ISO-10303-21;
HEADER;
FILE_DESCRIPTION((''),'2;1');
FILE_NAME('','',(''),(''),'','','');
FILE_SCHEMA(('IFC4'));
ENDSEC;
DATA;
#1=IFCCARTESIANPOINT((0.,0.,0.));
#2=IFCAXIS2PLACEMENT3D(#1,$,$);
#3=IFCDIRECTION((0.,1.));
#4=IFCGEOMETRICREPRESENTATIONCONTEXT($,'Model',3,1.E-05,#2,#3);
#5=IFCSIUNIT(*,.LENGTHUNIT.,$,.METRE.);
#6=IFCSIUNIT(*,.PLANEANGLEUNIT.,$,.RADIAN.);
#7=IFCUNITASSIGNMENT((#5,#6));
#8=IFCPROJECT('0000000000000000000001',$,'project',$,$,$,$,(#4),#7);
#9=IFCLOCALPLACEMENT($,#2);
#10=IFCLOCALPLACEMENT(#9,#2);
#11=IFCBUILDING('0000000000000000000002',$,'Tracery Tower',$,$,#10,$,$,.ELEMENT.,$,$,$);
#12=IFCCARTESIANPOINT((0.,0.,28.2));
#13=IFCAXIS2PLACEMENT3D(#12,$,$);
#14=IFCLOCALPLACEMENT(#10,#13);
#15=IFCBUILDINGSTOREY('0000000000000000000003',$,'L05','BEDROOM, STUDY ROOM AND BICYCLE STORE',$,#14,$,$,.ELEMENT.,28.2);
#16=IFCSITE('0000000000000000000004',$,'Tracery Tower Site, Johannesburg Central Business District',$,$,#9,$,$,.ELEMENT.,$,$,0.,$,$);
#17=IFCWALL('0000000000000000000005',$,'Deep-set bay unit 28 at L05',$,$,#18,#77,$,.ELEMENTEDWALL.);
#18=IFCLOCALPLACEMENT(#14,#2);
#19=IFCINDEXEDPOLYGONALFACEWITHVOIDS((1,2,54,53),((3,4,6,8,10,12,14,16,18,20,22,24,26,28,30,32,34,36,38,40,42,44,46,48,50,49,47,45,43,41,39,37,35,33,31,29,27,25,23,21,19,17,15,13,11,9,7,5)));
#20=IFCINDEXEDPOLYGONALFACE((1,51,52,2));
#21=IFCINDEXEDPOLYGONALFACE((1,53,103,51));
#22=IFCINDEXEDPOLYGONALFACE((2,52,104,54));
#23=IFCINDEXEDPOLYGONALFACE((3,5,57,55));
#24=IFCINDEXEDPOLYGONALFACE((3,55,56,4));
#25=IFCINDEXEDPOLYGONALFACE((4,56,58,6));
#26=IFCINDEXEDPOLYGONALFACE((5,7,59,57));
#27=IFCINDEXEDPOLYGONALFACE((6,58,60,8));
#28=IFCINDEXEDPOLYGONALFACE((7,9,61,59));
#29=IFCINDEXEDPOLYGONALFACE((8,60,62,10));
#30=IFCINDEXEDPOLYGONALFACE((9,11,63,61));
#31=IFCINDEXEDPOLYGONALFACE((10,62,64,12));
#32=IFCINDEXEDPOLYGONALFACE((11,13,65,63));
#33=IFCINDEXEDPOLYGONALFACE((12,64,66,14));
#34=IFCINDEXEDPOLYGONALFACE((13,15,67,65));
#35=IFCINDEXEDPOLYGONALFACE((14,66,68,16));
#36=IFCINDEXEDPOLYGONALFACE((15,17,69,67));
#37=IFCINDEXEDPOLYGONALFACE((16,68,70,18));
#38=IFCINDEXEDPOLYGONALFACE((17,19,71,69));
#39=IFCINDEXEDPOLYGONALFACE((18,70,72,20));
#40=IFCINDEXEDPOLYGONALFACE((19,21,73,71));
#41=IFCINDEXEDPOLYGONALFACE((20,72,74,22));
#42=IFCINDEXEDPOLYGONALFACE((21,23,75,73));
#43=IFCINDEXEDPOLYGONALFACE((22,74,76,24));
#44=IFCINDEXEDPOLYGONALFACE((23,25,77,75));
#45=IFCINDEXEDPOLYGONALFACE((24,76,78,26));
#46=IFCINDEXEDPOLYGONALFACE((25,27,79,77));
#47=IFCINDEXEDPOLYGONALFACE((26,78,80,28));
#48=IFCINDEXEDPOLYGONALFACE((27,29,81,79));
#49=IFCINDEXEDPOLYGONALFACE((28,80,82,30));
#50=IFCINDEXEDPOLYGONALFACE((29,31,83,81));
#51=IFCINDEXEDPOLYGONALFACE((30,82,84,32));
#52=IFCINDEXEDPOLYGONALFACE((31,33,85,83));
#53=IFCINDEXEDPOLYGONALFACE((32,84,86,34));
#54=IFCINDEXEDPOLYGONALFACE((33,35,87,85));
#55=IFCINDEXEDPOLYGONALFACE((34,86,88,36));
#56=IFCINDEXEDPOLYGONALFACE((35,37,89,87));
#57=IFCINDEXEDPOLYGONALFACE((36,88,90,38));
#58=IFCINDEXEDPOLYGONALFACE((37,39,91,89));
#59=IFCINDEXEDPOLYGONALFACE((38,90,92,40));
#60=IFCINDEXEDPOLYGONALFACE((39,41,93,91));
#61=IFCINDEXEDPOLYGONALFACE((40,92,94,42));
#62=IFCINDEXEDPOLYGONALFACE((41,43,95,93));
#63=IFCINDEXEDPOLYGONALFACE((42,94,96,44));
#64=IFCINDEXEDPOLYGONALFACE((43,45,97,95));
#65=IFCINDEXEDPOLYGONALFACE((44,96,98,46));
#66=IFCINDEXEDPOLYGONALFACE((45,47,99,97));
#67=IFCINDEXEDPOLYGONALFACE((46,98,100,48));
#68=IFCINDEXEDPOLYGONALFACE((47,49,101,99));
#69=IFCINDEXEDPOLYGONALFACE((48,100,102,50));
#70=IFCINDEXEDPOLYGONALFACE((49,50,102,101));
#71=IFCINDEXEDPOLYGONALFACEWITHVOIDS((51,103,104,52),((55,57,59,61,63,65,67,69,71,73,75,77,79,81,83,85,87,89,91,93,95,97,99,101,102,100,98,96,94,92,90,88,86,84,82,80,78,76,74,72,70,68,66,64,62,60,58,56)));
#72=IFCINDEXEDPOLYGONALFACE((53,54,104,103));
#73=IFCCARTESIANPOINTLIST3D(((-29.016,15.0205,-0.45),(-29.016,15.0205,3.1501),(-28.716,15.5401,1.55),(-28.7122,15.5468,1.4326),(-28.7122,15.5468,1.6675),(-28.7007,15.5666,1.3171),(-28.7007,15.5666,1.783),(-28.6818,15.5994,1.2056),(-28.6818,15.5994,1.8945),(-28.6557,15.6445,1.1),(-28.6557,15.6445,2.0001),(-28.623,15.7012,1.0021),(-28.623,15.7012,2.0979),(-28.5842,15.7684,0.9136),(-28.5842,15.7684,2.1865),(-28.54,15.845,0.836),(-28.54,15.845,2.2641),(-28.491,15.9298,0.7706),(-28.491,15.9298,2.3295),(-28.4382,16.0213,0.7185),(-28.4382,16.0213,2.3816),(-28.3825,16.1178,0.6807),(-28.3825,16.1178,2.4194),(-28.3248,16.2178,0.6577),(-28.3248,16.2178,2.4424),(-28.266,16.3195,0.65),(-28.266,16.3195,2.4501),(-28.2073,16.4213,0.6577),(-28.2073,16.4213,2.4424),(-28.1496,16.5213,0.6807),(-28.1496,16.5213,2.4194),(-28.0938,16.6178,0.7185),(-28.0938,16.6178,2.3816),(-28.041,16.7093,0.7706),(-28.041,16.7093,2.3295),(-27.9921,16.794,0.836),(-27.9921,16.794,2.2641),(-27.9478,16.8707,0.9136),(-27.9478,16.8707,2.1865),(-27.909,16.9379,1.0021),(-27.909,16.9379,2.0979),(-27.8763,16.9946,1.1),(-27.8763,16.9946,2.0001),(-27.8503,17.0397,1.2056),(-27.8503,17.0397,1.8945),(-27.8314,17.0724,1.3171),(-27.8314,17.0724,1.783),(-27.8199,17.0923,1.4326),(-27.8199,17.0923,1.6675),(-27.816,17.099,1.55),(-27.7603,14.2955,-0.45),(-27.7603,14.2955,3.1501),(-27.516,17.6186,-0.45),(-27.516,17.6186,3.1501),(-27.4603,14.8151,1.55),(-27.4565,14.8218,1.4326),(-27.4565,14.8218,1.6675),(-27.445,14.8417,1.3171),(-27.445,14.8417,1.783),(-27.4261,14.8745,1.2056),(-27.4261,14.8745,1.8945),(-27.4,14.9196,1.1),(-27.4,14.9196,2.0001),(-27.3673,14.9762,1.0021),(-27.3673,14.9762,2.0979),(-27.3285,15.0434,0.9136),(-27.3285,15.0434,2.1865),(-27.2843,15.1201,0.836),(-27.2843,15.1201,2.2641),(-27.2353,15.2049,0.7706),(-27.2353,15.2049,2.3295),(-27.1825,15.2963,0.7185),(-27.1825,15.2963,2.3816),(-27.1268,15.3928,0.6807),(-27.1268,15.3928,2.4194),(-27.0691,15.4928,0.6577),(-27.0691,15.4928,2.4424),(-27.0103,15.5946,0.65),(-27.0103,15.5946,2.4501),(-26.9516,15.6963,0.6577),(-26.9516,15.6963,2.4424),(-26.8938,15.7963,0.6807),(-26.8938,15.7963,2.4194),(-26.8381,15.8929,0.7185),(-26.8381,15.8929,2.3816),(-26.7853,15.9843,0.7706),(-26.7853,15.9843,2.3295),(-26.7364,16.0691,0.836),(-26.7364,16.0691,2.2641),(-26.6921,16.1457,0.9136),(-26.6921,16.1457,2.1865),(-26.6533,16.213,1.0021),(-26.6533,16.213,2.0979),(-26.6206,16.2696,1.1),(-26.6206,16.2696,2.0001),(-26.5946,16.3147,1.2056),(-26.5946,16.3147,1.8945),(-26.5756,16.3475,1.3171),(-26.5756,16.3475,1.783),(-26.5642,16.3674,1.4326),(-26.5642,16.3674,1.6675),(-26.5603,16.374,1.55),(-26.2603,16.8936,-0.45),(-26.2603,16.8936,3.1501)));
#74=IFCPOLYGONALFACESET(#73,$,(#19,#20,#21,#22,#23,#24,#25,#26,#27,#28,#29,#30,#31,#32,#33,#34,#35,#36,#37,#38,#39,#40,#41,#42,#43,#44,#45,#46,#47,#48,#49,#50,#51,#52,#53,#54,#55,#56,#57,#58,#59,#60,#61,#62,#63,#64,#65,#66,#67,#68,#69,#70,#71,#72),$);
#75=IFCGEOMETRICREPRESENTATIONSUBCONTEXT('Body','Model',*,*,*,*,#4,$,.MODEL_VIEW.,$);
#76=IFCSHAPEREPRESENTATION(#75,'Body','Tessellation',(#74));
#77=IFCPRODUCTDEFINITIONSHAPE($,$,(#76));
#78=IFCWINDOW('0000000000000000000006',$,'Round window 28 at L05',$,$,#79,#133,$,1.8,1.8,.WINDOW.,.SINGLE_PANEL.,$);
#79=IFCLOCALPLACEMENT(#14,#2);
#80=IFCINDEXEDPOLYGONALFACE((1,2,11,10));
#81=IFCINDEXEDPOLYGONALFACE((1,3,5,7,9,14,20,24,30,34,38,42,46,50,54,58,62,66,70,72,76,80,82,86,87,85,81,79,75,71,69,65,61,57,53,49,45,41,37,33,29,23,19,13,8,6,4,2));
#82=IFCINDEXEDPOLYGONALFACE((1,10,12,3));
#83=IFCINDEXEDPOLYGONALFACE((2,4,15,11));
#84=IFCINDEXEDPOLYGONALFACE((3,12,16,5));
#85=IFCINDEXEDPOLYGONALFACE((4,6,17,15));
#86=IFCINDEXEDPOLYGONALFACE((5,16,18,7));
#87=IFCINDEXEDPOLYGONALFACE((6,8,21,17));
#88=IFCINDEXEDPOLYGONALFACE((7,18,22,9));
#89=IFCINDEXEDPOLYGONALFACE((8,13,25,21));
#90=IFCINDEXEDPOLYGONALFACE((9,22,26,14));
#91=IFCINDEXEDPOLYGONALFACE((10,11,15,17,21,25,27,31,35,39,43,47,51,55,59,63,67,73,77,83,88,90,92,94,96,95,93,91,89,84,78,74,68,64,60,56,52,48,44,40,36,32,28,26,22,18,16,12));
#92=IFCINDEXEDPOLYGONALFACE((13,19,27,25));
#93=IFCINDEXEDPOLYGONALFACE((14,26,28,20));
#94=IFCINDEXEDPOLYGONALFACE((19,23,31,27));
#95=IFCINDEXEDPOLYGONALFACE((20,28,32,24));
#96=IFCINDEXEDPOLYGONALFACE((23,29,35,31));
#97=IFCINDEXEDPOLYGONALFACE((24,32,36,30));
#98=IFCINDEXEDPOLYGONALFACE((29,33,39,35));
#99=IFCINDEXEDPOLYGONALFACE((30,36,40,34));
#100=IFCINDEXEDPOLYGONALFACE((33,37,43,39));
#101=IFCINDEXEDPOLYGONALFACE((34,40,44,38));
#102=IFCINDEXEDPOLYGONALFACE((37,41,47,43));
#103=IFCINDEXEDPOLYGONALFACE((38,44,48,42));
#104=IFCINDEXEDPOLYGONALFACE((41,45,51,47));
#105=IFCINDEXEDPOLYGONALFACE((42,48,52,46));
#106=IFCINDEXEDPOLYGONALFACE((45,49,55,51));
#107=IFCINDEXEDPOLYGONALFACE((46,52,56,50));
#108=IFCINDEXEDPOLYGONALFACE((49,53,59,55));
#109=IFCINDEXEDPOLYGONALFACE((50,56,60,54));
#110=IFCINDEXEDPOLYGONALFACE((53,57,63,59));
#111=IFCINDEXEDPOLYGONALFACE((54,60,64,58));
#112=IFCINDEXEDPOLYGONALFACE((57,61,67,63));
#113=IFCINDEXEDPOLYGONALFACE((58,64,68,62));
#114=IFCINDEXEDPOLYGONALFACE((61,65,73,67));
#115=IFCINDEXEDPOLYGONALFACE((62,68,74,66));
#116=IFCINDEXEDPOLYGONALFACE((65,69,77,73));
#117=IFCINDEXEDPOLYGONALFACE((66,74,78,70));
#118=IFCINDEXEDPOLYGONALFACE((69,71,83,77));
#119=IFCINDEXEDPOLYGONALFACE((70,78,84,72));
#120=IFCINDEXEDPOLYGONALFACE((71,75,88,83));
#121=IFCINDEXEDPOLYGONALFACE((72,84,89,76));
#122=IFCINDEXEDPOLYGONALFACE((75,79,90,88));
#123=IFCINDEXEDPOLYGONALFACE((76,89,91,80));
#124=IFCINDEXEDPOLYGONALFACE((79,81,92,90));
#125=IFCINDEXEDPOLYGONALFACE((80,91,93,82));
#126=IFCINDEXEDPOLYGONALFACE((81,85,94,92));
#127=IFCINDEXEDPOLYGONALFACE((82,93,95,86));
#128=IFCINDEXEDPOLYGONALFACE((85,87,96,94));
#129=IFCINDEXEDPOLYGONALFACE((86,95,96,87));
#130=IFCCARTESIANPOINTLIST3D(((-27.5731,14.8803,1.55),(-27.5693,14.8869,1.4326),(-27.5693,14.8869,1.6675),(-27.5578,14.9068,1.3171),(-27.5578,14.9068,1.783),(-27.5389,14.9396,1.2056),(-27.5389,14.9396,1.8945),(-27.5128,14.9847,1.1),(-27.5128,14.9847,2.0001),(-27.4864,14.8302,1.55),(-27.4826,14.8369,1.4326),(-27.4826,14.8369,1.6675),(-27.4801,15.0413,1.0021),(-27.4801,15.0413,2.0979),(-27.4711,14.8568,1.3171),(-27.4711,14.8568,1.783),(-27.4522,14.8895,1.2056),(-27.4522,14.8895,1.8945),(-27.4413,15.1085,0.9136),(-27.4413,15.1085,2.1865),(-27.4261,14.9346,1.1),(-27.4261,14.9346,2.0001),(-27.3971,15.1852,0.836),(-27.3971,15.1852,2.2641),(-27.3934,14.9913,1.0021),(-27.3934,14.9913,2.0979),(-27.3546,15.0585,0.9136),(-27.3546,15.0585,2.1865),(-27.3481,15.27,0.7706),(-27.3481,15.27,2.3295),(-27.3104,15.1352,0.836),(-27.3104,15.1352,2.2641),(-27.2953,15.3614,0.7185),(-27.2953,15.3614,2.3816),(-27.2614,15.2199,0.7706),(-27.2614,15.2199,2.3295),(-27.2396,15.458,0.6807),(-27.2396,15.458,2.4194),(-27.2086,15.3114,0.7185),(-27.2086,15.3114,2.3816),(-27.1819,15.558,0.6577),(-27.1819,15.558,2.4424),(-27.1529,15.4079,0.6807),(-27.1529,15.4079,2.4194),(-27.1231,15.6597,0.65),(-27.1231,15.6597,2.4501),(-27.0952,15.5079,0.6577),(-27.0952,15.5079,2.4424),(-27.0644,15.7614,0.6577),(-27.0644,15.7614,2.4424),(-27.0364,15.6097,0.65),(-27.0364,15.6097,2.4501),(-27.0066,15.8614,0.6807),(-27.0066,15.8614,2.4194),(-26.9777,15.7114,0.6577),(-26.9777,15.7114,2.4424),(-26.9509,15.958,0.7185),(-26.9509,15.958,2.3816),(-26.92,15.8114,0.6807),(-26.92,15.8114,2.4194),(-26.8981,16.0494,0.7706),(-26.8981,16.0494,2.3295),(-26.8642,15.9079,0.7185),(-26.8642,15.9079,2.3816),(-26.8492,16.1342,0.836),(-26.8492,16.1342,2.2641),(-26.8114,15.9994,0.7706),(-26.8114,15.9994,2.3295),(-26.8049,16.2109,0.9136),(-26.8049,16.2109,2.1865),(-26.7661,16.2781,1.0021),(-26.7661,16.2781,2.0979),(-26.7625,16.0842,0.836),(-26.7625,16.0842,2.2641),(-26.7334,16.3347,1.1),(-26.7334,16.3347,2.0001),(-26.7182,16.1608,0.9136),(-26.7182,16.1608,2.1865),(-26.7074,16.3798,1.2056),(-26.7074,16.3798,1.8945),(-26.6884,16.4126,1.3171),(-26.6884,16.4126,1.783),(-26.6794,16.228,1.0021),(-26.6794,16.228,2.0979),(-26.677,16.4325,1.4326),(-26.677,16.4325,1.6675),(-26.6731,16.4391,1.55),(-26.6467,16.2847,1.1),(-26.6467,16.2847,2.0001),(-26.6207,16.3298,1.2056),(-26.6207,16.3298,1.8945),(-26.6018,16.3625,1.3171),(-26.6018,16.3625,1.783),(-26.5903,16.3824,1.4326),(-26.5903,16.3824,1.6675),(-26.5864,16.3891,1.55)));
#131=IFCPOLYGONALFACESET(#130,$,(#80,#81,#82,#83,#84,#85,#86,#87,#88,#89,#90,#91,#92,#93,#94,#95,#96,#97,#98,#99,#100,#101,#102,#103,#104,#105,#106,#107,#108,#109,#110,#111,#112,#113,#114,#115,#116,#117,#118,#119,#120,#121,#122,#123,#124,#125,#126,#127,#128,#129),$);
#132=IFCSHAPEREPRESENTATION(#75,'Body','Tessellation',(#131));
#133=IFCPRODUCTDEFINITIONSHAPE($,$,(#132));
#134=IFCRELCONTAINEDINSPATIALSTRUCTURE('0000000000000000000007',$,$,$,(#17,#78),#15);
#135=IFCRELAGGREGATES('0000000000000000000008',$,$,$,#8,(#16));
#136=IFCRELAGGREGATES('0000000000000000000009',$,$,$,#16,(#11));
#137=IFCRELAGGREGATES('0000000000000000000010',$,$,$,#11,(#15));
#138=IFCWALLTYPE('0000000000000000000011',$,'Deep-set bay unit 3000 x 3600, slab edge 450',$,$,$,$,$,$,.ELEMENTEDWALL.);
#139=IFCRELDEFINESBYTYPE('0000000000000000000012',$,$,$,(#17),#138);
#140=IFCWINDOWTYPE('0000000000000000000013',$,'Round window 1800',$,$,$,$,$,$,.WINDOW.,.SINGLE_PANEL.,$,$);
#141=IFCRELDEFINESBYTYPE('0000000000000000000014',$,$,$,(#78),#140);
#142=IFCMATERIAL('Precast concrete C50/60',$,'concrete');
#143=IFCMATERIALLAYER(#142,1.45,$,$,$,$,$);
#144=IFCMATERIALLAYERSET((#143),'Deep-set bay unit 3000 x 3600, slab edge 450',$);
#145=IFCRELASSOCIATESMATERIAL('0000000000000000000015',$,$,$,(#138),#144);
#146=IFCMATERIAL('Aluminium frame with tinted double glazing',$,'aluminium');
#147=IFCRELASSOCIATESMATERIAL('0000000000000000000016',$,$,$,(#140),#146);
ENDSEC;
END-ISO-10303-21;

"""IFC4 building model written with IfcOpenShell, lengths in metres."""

from ifc_helpers import new_model, si_unit, direction, frame, frame_2d, origin, origin_2d, place, context, subcontext, project, spatial, rectangle, circle, extrude, material, layer, layer_set, type_object, element, fill, save


model = new_model("IFC4")

# Units and contexts
model_context = context("Model", 3, precision=1e-05, world=origin(), true_north=direction((0.0, 1.0)))
body_context = subcontext(model_context, "Body", "Model", "MODEL_VIEW")
ifc_project = project(units=[si_unit("LENGTHUNIT", "METRE"), si_unit("PLANEANGLEUNIT", "RADIAN")], contexts=[model_context])

# Site, building, storey
site_placement = place(None, origin())
site = spatial("IfcSite", under=ifc_project, at=site_placement, Name="Tracery Tower Site, Johannesburg Central Business District", CompositionType="ELEMENT", RefElevation=0.0)
building_placement = place(site_placement, origin())
building = spatial("IfcBuilding", under=site, at=building_placement, Name="Tracery Tower", CompositionType="ELEMENT")
storey_placement = place(building_placement, frame((0.0, 0.0, 28.2)))
storey = spatial("IfcBuildingStorey", under=building, at=storey_placement, Name="L05", Description="BEDROOM, STUDY ROOM AND BICYCLE STORE", CompositionType="ELEMENT", Elevation=28.2)

# Wall, opening, window
ifc_material_1 = material(Name="Precast concrete C50/60", Category="concrete")
ifc_layer_1 = layer(ifc_material_1, 1.45)
ifc_layer_set_1 = layer_set([ifc_layer_1], Name="Deep-set bay unit 3000 x 3600, slab edge 450")
wall_type_1 = type_object("IfcWallType", Name="Deep-set bay unit 3000 x 3600, slab edge 450", PredefinedType="ELEMENTEDWALL", material=ifc_layer_set_1)
ifc_material_2 = material(Name="Aluminium frame with tinted double glazing", Category="aluminium")
window_type = type_object("IfcWindowType", Name="Round window 1800", PartitioningType="SINGLE_PANEL", PredefinedType="WINDOW", material=ifc_material_2)
wall_1_placement = place(storey_placement, frame((-26.8882, 17.2561, -0.45), z_axis=(0.0, 0.0, 1.0), x_axis=(-0.49999, -0.866031, 0.0)))
wall_1 = element("IfcWall", 1, at=wall_1_placement, inside=storey, type_object=wall_type_1, Name="Deep-set bay unit 28 at L05", PredefinedType="ELEMENTEDWALL", context=body_context, shape_type="SweptSolid", body=[
    extrude(rectangle(XDim=3.0, YDim=1.45, at=frame_2d((1.5, 0.0))), origin(), (0.0, 0.0, 1.0), 3.6001),
])
opening_1_placement = place(wall_1_placement, frame((1.5, 0.0, 2.0)))
opening_1 = element("IfcOpeningElement", 2, at=opening_1_placement, cuts=wall_1, PredefinedType="OPENING", context=body_context, shape_type="SweptSolid", body=[
    extrude(circle(Radius=0.9, at=origin_2d()), frame((0.0, 0.7349, 0.0), z_axis=(0.0, -1.0, 0.0), x_axis=(1.0, 0.0, 0.0)), (0.0, 0.0, 1.0), 1.47),
])
window_1_placement = place(opening_1_placement, origin())
window_1 = element("IfcWindow", 3, at=window_1_placement, inside=storey, type_object=window_type, Name="Round window 28 at L05", OverallHeight=1.8, OverallWidth=1.8, PartitioningType="SINGLE_PANEL", PredefinedType="WINDOW", context=body_context, shape_type="SweptSolid", body=[
    extrude(circle(Radius=0.9, at=origin_2d()), frame((0.0, 0.6948, 0.0), z_axis=(0.0, -1.0, 0.0), x_axis=(1.0, 0.0, 0.0)), (0.0, 0.0, 1.0), 0.1001),
])
fill(opening_1, window_1)

save(model, "model.ifc")
